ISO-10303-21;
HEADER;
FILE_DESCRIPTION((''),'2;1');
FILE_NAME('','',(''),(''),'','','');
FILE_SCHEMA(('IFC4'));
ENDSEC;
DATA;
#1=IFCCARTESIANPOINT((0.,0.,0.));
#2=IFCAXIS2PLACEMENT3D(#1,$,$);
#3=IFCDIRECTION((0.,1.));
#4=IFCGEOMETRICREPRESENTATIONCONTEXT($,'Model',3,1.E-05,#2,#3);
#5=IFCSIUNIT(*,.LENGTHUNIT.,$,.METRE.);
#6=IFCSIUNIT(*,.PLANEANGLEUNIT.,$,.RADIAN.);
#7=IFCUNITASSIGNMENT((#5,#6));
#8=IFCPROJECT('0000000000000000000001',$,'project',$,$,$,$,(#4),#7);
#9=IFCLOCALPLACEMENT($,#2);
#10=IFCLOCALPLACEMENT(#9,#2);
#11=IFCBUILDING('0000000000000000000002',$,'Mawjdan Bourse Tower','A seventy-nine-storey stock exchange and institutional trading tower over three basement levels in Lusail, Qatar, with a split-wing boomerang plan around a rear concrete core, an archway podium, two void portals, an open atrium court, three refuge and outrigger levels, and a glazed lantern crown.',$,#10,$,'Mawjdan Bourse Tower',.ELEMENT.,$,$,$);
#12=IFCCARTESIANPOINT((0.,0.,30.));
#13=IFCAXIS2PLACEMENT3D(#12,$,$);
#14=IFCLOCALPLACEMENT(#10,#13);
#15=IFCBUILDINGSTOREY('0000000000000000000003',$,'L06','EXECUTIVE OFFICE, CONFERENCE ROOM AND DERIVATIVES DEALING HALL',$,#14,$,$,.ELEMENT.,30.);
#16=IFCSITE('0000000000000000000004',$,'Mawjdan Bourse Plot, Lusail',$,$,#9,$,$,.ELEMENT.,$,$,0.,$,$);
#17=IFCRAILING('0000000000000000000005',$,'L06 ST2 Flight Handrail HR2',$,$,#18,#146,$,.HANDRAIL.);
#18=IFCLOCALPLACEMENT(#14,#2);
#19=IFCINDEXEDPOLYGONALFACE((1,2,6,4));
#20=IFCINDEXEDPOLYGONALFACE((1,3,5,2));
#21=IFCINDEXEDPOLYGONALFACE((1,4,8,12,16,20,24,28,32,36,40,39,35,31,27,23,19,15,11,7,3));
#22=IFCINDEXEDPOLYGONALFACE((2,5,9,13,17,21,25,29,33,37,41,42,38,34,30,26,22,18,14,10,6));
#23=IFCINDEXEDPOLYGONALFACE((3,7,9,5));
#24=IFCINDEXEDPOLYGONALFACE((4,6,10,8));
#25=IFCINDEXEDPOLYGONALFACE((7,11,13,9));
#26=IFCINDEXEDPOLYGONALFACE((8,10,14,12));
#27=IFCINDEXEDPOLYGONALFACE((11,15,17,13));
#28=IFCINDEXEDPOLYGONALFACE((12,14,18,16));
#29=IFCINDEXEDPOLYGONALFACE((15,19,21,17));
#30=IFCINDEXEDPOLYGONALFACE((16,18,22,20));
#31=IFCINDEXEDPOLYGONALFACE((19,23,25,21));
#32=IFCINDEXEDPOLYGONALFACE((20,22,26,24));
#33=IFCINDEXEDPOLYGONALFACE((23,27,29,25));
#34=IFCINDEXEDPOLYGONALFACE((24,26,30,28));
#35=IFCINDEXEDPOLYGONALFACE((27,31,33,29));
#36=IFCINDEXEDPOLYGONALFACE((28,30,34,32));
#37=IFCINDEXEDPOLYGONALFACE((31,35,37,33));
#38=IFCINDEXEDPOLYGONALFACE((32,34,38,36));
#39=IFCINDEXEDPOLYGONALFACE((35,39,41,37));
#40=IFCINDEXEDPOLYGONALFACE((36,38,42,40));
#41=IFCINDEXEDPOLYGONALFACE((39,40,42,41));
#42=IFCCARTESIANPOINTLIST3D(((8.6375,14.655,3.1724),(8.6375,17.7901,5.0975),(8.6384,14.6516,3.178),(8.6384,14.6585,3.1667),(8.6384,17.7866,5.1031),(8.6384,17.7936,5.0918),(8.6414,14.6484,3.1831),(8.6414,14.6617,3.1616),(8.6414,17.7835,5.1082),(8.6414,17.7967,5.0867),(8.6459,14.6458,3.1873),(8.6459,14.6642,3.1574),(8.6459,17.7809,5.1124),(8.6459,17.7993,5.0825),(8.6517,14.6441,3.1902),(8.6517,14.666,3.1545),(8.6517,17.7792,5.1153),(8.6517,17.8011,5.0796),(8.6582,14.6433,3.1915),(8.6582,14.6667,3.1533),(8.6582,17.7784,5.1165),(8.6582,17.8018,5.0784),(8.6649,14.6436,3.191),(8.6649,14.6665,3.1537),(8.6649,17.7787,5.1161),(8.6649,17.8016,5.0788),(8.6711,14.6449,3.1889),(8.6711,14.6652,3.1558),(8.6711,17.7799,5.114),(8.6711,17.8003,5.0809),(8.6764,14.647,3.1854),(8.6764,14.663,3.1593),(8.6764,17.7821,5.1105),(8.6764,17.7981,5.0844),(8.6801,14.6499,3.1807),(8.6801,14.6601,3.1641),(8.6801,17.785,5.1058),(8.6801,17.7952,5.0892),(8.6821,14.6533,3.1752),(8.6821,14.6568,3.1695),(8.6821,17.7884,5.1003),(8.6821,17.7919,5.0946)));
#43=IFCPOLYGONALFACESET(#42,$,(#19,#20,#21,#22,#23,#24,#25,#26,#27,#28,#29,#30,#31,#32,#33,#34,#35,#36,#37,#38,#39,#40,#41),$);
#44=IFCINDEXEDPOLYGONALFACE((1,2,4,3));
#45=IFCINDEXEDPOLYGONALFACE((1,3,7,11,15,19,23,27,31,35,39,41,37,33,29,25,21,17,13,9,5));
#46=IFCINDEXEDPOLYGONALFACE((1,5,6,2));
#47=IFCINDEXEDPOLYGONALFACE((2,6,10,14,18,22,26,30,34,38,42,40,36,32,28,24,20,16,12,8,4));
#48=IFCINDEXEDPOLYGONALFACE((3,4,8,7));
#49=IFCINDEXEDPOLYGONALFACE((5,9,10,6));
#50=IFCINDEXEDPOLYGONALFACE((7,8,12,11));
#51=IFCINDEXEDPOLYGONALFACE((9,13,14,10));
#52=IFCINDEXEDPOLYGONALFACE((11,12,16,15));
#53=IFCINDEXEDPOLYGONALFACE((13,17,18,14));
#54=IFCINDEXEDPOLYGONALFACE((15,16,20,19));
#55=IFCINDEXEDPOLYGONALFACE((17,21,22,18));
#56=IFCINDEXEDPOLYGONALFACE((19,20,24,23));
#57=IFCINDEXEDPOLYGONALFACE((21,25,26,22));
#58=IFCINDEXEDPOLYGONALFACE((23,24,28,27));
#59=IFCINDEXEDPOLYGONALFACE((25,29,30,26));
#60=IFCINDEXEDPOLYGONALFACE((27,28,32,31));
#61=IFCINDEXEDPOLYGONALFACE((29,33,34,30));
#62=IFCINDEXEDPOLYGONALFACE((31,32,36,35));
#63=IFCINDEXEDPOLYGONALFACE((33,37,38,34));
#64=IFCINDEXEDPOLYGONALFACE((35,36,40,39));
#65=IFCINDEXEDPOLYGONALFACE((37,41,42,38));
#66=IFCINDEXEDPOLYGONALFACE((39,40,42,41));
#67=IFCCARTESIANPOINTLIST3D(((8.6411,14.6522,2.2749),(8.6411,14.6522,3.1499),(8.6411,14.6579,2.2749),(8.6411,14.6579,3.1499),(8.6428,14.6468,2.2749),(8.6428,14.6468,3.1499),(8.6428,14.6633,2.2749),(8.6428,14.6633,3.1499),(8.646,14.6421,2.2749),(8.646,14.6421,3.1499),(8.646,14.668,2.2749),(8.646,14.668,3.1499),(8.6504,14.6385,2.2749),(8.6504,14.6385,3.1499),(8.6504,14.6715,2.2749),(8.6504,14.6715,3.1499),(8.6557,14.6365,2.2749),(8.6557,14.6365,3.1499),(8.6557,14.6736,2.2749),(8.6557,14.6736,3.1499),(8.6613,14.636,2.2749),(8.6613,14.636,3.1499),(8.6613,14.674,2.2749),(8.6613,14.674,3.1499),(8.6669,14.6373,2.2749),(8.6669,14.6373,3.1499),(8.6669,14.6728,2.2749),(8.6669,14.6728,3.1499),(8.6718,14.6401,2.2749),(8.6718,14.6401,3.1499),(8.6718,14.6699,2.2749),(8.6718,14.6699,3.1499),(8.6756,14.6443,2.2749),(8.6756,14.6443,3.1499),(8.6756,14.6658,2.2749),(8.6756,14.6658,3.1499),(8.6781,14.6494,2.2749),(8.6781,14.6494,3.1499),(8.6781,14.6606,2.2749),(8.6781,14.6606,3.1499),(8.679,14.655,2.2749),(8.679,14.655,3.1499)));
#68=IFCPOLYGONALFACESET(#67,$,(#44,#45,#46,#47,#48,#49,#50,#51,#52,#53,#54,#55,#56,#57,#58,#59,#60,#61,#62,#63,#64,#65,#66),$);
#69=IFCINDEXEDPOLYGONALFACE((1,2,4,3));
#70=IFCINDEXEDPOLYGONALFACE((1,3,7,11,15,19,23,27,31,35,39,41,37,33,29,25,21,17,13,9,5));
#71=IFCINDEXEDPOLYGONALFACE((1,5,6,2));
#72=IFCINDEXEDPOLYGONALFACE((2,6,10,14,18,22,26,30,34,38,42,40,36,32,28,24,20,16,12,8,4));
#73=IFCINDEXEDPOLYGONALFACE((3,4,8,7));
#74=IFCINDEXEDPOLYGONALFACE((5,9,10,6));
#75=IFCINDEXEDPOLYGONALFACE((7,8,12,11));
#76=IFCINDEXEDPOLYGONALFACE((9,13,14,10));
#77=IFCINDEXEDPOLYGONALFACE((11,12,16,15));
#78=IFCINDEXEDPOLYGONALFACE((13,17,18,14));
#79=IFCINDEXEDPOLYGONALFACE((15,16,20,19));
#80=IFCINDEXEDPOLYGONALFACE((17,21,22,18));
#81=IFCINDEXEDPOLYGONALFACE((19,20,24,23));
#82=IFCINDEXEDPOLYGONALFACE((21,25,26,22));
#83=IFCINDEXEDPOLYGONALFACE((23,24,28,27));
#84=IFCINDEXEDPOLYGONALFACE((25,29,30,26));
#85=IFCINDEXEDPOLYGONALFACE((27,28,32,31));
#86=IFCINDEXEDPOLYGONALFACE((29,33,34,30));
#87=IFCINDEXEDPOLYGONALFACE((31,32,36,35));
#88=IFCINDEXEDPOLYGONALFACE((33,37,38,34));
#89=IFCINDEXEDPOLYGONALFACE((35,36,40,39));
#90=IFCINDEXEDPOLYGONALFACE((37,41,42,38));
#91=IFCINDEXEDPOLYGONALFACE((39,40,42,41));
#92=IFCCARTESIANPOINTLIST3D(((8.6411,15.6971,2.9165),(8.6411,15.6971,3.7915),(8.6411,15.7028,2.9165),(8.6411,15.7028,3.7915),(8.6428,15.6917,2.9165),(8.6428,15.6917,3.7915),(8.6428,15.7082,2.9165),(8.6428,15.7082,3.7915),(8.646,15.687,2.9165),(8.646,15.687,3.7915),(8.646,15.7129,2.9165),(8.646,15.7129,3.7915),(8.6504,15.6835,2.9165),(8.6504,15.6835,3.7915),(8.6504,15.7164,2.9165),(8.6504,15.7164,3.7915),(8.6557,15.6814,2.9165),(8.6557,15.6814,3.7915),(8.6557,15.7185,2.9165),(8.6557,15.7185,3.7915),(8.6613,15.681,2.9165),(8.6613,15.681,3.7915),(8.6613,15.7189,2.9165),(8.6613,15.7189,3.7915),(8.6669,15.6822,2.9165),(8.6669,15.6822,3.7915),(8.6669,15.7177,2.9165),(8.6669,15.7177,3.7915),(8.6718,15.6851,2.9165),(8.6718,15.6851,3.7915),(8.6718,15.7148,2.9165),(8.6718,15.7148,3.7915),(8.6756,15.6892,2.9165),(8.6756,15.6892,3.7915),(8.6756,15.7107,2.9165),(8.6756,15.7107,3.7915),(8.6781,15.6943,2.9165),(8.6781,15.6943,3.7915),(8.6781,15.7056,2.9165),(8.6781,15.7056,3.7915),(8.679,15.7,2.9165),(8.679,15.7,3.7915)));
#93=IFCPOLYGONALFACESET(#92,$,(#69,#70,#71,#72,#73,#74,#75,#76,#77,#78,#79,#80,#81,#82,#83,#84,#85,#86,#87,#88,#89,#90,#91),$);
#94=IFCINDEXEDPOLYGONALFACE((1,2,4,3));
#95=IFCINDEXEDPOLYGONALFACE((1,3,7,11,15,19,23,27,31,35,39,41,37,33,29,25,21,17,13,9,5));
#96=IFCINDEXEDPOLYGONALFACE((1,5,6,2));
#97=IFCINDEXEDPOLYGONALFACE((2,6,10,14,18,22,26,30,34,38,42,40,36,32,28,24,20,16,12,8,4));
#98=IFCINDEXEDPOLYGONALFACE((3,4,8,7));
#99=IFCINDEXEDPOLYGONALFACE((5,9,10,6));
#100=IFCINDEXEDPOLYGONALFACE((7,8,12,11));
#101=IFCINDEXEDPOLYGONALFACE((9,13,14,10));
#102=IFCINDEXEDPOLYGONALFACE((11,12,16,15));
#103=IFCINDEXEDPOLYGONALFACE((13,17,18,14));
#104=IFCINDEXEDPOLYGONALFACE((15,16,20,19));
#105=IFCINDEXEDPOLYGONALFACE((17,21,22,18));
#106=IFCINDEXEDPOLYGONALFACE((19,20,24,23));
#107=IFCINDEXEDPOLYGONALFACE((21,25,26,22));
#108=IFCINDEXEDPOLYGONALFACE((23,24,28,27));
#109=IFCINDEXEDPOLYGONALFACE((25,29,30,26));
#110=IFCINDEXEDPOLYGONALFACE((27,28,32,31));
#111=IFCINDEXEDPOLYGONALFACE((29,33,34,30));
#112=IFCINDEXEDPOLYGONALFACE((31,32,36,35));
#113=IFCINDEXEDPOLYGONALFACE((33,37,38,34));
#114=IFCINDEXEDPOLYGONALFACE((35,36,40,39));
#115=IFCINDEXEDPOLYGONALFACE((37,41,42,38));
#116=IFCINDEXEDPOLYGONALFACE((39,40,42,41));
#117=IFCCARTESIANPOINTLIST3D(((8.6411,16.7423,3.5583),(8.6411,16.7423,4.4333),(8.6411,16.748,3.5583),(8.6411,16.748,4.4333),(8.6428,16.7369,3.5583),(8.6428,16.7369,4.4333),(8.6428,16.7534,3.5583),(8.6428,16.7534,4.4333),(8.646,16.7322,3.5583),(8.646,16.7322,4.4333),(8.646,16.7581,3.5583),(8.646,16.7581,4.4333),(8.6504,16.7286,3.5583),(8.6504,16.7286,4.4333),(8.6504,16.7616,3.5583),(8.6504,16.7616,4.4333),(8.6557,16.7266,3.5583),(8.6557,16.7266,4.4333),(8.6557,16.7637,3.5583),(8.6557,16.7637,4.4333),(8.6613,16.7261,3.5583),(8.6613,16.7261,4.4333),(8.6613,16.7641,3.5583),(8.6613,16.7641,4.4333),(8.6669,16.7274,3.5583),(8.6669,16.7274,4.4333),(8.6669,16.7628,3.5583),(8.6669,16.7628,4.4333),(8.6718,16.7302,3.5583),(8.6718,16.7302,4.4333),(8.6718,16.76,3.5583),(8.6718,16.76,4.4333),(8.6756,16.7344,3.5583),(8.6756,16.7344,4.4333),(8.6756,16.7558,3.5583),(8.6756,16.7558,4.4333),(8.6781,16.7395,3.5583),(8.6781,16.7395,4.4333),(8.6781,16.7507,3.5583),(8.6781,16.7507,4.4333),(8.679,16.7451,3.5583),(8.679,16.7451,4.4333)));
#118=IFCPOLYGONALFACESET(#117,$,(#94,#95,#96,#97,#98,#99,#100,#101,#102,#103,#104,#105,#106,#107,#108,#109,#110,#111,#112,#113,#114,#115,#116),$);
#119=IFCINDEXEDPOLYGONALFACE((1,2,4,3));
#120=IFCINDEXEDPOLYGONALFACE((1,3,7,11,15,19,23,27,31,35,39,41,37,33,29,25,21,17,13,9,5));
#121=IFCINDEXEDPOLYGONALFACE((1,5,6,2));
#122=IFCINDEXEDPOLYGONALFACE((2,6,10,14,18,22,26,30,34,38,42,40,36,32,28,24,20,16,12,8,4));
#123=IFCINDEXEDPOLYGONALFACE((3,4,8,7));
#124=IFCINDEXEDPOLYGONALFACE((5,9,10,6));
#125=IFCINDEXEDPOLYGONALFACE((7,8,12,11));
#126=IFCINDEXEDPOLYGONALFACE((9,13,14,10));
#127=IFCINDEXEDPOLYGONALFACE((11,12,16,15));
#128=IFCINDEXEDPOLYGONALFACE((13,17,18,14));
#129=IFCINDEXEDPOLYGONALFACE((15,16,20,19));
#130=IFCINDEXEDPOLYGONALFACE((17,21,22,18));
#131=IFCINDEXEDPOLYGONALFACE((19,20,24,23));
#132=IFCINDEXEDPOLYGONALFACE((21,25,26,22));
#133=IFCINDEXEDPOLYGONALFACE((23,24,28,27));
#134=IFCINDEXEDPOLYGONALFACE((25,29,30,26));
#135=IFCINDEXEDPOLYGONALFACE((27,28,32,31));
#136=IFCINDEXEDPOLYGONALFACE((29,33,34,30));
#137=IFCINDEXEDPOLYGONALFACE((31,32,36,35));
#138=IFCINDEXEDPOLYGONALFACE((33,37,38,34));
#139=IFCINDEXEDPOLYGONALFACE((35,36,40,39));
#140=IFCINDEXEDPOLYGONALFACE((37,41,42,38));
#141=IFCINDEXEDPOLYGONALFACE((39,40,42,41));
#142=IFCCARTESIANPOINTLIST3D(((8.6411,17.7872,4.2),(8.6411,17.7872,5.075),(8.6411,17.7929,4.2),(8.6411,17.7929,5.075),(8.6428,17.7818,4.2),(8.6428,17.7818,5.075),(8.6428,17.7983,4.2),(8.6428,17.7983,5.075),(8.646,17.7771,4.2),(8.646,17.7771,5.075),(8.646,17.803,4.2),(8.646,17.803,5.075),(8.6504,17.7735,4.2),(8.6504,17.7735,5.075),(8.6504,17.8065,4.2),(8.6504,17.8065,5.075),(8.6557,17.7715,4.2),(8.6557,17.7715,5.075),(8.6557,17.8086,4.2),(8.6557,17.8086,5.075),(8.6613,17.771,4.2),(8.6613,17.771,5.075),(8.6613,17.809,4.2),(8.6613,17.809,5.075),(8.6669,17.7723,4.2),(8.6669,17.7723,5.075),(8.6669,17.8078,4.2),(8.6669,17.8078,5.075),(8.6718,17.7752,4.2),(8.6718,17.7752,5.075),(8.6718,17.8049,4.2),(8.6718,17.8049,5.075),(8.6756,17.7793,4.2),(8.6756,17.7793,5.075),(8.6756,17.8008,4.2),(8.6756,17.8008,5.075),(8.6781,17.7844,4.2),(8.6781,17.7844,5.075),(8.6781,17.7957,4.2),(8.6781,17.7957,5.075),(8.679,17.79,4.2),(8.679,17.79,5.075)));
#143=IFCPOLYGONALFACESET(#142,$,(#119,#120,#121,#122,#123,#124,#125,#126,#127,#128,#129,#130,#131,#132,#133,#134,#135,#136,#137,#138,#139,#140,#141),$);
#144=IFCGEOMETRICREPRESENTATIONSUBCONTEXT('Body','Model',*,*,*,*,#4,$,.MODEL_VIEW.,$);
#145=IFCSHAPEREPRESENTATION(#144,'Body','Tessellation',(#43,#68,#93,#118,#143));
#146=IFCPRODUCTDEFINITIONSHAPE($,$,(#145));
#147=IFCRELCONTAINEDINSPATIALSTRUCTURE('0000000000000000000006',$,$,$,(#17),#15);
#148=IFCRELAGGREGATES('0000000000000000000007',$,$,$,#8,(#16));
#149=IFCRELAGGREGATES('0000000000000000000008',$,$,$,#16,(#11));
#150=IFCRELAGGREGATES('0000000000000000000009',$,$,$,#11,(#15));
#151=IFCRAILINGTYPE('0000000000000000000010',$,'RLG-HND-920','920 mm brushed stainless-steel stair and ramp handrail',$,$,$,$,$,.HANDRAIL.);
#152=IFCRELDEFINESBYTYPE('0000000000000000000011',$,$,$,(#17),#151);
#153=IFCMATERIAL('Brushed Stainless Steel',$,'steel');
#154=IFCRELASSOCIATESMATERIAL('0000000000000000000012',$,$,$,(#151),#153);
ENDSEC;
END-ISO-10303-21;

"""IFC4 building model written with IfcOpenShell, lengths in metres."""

from ifc_helpers import new_model, si_unit, direction, frame, origin, origin_2d, place, context, subcontext, project, spatial, circle, extrude, material, type_object, element, save


model = new_model("IFC4")

# Units and contexts
model_context = context("Model", 3, precision=1e-05, world=origin(), true_north=direction((0.0, 1.0)))
body_context = subcontext(model_context, "Body", "Model", "MODEL_VIEW")
ifc_project = project(units=[si_unit("LENGTHUNIT", "METRE"), si_unit("PLANEANGLEUNIT", "RADIAN")], contexts=[model_context])

# Site, building, storey
site_placement = place(None, origin())
site = spatial("IfcSite", under=ifc_project, at=site_placement, Name="Mawjdan Bourse Plot, Lusail", CompositionType="ELEMENT", RefElevation=0.0)
building_placement = place(site_placement, origin())
building = spatial("IfcBuilding", under=site, at=building_placement, Name="Mawjdan Bourse Tower", Description="A seventy-nine-storey stock exchange and institutional trading tower over three basement levels in Lusail, Qatar, with a split-wing boomerang plan around a rear concrete core, an archway podium, two void portals, an open atrium court, three refuge and outrigger levels, and a glazed lantern crown.", LongName="Mawjdan Bourse Tower", CompositionType="ELEMENT")
storey_placement = place(building_placement, frame((0.0, 0.0, 30.0)))
storey = spatial("IfcBuildingStorey", under=building, at=storey_placement, Name="L06", Description="EXECUTIVE OFFICE, CONFERENCE ROOM AND DERIVATIVES DEALING HALL", CompositionType="ELEMENT", Elevation=30.0)

# Railing
ifc_material_1 = material(Name="Brushed Stainless Steel", Category="steel")
railing_type_1 = type_object("IfcRailingType", Name="RLG-HND-920", Description="920 mm brushed stainless-steel stair and ramp handrail", PredefinedType="HANDRAIL", material=ifc_material_1)
railing_1_placement = place(storey_placement, frame((8.6599, 14.655, 2.2749)))
element("IfcRailing", 1, at=railing_1_placement, inside=storey, type_object=railing_type_1, Name="L06 ST2 Flight Handrail HR2", PredefinedType="HANDRAIL", context=body_context, shape_type="SweptSolid", body=[
    extrude(circle(Radius=0.0225, at=origin_2d()), frame((0.0, 0.0, 0.8975), z_axis=(0.0, 0.852166, 0.523271), x_axis=(-1.0, 0.0, 0.0)), (0.0, 0.0, 1.0), 3.679),
    extrude(circle(Radius=0.019, at=origin_2d()), origin(), (0.0, 0.0, 1.0), 0.875),
    extrude(circle(Radius=0.019, at=origin_2d()), frame((0.0, 1.0449, 0.6416)), (0.0, 0.0, 1.0), 0.875),
    extrude(circle(Radius=0.019, at=origin_2d()), frame((0.0, 2.0901, 1.2834)), (0.0, 0.0, 1.0), 0.875),
    extrude(circle(Radius=0.019, at=origin_2d()), frame((0.0, 3.135, 1.925)), (0.0, 0.0, 1.0), 0.875),
])

save(model, "model.ifc")
